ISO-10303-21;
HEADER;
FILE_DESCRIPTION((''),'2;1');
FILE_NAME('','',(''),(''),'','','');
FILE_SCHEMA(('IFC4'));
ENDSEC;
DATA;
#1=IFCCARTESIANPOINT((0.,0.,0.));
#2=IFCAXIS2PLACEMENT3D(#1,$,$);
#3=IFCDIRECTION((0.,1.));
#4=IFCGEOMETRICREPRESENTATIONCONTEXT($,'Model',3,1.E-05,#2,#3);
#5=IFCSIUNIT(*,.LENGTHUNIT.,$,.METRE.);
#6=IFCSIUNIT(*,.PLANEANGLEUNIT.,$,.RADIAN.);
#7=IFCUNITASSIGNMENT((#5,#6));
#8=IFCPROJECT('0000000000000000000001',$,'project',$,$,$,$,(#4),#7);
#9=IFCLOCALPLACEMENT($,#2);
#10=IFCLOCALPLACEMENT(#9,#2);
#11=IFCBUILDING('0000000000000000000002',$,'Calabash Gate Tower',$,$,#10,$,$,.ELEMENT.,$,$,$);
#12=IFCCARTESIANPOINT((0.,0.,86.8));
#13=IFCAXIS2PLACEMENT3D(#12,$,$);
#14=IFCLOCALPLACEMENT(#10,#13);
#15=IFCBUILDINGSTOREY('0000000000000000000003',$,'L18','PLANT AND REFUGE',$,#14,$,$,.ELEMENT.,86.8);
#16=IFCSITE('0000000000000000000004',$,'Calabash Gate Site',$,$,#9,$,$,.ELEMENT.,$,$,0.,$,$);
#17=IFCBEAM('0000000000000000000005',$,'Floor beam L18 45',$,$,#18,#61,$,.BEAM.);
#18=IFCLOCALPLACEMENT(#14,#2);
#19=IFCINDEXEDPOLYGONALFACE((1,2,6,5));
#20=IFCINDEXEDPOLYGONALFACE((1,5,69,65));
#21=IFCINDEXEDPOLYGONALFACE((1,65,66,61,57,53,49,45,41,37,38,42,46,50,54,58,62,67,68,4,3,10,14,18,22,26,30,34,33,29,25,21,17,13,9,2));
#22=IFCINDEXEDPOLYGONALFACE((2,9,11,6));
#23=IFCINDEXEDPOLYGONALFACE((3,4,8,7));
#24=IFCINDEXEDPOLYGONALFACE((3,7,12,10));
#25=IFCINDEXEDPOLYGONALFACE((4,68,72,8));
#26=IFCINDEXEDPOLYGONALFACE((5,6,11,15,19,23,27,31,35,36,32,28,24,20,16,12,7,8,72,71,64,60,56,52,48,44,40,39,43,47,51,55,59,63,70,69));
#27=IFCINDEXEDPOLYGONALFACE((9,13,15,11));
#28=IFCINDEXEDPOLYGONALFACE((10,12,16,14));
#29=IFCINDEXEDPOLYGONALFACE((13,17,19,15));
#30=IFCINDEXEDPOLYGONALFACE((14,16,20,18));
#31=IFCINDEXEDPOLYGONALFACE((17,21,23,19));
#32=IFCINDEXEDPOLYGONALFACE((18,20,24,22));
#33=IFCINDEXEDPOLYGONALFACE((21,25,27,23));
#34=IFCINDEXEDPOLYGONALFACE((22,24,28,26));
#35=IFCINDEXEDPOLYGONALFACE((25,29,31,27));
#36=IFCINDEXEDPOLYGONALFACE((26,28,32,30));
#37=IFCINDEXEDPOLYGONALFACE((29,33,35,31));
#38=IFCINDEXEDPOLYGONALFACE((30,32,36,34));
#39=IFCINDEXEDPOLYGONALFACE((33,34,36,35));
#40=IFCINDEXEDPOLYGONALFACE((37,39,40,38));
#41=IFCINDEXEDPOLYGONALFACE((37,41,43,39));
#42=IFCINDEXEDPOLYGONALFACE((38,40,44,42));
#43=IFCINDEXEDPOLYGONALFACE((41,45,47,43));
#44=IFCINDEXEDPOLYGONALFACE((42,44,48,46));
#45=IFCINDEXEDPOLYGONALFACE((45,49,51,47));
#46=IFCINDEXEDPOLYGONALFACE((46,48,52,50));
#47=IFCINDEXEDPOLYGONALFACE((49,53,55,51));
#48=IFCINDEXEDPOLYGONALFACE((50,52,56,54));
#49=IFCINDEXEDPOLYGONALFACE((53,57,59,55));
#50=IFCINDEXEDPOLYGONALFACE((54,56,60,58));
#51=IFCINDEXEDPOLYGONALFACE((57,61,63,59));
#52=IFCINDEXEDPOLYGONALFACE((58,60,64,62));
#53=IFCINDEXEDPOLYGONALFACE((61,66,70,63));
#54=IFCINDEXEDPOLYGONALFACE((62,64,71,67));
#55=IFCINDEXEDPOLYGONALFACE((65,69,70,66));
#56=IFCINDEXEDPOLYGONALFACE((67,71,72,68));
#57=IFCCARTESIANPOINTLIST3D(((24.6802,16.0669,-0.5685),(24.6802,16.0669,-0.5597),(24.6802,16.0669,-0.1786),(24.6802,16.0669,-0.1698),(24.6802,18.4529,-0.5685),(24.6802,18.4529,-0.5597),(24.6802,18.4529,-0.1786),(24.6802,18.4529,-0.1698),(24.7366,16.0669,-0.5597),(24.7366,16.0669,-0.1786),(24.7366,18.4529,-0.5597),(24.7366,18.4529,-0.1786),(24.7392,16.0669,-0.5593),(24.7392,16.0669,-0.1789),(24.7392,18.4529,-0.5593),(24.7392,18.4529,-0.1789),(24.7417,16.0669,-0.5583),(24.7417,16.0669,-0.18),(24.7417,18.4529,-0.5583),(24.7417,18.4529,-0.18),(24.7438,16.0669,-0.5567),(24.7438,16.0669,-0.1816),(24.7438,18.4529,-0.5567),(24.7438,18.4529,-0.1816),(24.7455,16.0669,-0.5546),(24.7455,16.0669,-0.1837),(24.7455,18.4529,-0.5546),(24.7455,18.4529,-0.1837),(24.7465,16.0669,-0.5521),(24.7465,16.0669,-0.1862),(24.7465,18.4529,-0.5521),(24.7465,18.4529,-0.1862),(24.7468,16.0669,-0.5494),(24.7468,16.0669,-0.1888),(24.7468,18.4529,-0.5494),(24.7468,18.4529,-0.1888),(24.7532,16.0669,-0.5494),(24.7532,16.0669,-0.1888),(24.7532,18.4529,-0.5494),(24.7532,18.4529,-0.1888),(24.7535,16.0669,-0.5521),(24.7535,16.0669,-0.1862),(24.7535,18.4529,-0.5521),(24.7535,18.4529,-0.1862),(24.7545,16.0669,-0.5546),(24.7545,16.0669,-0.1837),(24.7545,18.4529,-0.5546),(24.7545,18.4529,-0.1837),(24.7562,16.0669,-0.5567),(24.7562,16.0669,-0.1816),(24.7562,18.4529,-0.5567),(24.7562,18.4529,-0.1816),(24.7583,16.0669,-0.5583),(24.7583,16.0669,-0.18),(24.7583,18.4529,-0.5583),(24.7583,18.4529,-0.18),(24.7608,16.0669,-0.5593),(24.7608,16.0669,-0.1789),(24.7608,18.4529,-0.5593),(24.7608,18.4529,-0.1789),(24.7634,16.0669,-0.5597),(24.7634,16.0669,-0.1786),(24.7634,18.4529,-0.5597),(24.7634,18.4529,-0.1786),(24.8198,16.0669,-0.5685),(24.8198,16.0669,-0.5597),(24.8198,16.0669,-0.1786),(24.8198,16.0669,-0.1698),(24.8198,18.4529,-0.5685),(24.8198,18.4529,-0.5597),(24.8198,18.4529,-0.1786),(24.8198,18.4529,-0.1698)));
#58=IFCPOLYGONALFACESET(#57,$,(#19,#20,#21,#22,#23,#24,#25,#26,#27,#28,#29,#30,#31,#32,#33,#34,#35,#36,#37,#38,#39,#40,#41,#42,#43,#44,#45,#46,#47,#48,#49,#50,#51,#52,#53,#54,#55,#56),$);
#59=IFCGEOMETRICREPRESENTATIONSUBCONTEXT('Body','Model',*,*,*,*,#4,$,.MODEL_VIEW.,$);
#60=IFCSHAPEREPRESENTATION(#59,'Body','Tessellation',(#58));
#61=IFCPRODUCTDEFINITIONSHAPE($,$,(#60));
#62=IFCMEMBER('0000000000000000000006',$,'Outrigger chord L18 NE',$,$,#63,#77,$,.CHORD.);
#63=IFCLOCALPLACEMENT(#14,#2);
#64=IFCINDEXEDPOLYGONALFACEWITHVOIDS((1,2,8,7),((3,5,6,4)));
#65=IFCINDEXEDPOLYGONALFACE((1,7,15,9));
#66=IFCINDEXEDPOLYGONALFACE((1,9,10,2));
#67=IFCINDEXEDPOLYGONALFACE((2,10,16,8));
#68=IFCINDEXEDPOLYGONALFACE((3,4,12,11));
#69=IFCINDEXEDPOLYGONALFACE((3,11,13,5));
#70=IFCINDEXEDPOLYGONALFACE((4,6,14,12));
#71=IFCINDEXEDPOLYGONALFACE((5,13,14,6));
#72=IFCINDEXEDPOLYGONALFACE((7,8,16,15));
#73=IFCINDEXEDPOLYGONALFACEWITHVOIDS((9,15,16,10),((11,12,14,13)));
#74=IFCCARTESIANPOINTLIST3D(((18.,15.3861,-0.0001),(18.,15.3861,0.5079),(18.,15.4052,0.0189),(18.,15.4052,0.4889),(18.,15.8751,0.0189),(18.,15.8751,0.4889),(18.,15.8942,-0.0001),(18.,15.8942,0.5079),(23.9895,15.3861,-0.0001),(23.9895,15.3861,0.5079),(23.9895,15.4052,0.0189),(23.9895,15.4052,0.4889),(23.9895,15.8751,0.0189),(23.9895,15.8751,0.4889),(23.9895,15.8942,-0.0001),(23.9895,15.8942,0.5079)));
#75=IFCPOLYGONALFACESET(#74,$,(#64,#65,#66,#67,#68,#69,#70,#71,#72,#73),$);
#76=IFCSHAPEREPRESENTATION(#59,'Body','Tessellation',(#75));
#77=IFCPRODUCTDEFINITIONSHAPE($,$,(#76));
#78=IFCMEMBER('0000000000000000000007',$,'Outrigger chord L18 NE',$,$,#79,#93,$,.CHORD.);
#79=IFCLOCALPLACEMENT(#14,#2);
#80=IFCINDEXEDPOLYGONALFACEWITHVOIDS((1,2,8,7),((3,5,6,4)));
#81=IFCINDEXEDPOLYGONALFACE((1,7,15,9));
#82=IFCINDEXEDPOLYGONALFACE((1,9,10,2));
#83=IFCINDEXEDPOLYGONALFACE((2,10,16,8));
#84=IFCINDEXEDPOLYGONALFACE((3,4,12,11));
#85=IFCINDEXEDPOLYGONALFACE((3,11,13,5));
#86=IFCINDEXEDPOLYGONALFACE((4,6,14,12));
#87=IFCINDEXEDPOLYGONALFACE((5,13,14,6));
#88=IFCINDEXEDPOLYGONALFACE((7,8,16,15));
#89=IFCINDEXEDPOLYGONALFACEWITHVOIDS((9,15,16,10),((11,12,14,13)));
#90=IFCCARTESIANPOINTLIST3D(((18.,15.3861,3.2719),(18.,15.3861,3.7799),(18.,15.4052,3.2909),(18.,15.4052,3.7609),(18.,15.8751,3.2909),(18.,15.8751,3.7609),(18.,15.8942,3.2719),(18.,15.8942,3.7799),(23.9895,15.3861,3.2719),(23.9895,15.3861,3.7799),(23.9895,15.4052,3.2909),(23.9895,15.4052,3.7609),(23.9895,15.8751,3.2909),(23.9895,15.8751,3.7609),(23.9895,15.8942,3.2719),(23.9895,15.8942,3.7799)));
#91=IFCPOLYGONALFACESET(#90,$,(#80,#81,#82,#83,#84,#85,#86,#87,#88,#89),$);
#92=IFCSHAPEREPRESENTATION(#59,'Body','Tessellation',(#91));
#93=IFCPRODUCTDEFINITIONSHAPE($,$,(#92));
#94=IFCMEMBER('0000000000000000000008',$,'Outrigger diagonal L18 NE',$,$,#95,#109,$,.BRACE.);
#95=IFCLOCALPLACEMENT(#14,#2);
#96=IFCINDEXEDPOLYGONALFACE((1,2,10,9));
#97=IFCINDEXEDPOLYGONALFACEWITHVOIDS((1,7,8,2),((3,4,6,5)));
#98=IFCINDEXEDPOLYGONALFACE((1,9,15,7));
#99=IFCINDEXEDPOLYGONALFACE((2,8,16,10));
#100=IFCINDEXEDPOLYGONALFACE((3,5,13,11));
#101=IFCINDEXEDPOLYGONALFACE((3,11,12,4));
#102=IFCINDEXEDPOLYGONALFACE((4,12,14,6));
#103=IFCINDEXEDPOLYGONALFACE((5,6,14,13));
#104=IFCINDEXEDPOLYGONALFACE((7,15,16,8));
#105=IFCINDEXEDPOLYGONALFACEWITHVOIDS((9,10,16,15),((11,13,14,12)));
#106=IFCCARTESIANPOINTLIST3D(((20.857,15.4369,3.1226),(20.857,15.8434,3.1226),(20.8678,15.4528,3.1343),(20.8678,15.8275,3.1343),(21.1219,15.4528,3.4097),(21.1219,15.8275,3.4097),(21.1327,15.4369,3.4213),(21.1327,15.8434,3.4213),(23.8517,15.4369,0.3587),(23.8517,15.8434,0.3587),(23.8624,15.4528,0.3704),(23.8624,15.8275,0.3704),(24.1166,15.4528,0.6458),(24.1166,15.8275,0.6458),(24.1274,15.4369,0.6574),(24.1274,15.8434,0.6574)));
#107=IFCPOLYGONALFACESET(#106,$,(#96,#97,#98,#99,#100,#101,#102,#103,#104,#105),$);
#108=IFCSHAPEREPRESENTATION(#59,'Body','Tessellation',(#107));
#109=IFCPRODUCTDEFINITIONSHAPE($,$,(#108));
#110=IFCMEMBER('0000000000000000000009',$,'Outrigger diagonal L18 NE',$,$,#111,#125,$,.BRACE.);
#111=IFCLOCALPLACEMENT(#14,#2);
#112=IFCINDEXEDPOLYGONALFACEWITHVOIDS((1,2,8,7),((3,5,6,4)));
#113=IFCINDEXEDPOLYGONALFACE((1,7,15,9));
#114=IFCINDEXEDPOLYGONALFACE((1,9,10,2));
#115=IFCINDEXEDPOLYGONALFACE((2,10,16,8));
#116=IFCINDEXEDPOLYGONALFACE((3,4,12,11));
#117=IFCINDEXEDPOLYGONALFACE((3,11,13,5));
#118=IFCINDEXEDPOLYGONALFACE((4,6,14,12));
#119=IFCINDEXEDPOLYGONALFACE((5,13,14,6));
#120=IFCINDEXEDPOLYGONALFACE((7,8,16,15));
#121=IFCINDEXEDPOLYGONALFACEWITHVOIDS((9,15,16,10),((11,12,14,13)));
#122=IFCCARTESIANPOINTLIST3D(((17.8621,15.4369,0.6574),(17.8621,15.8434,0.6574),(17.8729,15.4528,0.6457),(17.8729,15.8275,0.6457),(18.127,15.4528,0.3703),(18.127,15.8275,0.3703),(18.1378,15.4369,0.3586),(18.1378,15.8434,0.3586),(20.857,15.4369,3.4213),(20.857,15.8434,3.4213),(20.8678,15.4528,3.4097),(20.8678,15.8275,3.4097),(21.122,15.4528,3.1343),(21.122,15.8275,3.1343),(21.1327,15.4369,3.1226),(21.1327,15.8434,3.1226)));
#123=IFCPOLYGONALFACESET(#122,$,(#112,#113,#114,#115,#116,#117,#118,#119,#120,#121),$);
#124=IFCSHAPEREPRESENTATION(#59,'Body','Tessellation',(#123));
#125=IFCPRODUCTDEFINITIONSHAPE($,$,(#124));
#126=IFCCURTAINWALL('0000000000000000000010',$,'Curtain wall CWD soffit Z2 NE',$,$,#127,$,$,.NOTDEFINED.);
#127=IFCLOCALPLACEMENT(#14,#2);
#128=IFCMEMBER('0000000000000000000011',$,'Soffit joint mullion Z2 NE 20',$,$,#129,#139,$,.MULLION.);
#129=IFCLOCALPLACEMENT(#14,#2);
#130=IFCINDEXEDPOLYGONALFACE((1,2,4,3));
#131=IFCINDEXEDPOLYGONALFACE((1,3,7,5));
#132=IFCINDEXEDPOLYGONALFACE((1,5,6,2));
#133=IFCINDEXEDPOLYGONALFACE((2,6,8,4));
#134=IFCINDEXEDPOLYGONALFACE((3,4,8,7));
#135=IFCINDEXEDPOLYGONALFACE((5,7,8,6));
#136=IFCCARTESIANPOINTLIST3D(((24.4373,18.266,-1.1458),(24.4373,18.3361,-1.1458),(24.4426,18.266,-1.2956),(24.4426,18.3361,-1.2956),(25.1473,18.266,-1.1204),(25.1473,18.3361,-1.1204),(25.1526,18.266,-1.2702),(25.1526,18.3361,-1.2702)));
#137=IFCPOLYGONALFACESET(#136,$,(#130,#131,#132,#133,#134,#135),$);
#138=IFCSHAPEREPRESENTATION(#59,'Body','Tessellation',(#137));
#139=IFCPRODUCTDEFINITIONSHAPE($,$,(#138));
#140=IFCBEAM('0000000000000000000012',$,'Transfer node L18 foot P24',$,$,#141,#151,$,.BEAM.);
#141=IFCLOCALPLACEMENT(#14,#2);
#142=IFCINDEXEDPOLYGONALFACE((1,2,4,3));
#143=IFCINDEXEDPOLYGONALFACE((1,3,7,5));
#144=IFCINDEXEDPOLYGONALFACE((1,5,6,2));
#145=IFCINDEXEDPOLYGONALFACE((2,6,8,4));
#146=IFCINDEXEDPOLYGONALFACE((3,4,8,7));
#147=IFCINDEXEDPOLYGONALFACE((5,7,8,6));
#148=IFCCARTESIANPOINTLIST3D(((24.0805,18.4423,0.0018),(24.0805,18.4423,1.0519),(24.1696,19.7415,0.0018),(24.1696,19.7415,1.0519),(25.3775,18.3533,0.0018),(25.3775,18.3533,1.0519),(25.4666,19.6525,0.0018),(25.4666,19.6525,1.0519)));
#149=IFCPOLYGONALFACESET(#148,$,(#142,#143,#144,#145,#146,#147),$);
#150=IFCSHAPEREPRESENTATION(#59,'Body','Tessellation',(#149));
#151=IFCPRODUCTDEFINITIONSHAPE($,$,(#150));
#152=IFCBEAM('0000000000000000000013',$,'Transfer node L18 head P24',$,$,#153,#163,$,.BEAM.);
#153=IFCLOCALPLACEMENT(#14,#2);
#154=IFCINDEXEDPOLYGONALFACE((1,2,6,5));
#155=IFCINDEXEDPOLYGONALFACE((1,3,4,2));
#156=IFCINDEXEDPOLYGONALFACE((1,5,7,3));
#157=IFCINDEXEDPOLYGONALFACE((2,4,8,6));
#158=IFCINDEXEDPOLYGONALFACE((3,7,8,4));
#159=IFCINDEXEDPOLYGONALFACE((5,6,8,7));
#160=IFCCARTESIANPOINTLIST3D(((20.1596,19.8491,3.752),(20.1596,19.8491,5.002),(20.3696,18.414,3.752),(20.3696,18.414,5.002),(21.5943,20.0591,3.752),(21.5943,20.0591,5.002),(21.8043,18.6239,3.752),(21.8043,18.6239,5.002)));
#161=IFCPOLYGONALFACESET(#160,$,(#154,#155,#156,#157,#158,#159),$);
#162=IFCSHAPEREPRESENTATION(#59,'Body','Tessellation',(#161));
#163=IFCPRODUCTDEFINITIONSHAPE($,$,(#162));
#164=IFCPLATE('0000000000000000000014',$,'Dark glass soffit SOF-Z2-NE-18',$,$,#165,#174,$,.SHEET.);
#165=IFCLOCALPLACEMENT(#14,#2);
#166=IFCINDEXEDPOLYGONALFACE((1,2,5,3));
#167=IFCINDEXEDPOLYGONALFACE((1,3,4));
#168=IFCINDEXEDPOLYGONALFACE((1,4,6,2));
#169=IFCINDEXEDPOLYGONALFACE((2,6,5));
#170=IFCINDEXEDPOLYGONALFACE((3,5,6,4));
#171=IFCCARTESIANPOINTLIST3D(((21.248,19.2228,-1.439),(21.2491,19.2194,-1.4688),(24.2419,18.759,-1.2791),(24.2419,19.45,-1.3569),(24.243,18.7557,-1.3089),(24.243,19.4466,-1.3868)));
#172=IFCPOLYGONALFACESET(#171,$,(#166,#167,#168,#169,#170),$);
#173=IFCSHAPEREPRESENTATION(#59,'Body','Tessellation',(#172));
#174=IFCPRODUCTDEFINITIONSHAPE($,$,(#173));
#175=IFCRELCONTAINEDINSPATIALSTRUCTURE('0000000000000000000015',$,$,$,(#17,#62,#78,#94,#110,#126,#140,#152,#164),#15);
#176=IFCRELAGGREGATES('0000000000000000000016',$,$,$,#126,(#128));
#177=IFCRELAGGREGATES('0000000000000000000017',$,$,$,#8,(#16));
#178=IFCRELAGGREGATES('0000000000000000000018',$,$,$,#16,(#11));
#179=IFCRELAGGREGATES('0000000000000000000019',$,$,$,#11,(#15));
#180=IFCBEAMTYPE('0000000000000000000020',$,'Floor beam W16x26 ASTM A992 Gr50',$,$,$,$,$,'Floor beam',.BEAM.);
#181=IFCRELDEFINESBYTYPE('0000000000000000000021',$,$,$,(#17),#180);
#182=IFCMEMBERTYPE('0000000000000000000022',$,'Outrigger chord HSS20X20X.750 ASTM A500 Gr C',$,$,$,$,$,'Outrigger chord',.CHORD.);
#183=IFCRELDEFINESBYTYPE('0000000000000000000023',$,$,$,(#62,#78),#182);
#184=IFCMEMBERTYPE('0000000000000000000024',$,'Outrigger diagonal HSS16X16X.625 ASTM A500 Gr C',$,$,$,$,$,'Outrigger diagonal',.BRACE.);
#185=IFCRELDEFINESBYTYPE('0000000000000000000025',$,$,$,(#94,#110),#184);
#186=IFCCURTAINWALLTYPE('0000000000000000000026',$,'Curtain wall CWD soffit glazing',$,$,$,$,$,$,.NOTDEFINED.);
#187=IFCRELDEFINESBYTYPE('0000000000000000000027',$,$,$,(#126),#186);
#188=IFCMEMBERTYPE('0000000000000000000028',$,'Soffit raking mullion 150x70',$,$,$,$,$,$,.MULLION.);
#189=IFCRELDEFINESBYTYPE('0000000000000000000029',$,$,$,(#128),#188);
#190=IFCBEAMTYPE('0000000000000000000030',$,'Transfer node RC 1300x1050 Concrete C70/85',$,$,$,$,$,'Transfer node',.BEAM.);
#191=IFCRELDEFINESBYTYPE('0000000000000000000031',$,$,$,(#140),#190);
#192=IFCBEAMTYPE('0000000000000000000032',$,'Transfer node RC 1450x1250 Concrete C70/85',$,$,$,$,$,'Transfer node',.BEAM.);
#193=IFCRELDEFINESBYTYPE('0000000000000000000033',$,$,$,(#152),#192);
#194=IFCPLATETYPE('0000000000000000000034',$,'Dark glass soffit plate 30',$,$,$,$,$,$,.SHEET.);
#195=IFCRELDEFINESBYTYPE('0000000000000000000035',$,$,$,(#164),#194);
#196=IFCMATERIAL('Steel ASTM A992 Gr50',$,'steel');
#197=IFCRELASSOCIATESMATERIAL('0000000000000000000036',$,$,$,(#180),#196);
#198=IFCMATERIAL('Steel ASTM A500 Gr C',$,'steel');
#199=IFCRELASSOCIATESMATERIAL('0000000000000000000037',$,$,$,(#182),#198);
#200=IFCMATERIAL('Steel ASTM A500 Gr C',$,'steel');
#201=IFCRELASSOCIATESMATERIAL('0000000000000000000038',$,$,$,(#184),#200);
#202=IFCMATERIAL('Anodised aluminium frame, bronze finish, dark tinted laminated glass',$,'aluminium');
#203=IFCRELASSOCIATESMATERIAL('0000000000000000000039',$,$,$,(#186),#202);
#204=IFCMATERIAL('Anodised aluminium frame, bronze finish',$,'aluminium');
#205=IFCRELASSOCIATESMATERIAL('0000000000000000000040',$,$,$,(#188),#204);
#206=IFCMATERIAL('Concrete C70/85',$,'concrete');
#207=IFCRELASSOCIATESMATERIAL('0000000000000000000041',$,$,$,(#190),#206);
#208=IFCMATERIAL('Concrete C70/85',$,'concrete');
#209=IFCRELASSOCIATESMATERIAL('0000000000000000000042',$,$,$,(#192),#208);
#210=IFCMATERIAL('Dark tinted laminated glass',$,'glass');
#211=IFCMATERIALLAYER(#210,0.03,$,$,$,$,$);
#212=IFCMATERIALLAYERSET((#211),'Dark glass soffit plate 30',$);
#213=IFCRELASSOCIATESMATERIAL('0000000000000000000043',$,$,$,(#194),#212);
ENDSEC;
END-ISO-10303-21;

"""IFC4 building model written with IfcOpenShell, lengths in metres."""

from ifc_helpers import new_model, si_unit, direction, frame, origin, origin_2d, place, context, subcontext, project, spatial, polyline, rectangle, hollow_rectangle, i_section, outline, extrude, material, layer, layer_set, material_profile, profile_set, type_object, element, aggregate, save


model = new_model("IFC4")

# Units and contexts
model_context = context("Model", 3, precision=1e-05, world=origin(), true_north=direction((0.0, 1.0)))
body_context = subcontext(model_context, "Body", "Model", "MODEL_VIEW")
ifc_project = project(units=[si_unit("LENGTHUNIT", "METRE"), si_unit("PLANEANGLEUNIT", "RADIAN")], contexts=[model_context])

# Site, building, storey
site_placement = place(None, origin())
site = spatial("IfcSite", under=ifc_project, at=site_placement, Name="Calabash Gate Site", CompositionType="ELEMENT", RefElevation=0.0)
building_placement = place(site_placement, origin())
building = spatial("IfcBuilding", under=site, at=building_placement, Name="Calabash Gate Tower", CompositionType="ELEMENT")
storey_placement = place(building_placement, frame((0.0, 0.0, 86.8)))
storey = spatial("IfcBuildingStorey", under=building, at=storey_placement, Name="L18", Description="PLANT AND REFUGE", CompositionType="ELEMENT", Elevation=86.8)

# Beam
ifc_material_1 = material(Name="Steel ASTM A992 Gr50", Category="steel")
ifc_material_profile_1 = material_profile(ifc_material_1, i_section(OverallWidth=0.1396, OverallDepth=0.3987, WebThickness=0.0063, FlangeThickness=0.0088, FilletRadius=0.0103, at=origin_2d()))
ifc_profile_set_1 = profile_set([ifc_material_profile_1], Name="Steel ASTM A992 Gr50")
beam_type_1 = type_object("IfcBeamType", Name="Floor beam W16x26 ASTM A992 Gr50", ElementType="Floor beam", PredefinedType="BEAM", material=ifc_profile_set_1)
beam_1_placement = place(storey_placement, frame((24.75, 16.0669, -0.3691), z_axis=(0.0, 1.0, 0.0), x_axis=(-1.0, 0.0, 0.0)))
element("IfcBeam", 1, at=beam_1_placement, inside=storey, type_object=beam_type_1, Name="Floor beam L18 45", PredefinedType="BEAM", context=body_context, shape_type="SweptSolid", body=[
    extrude(i_section(OverallWidth=0.1396, OverallDepth=0.3987, WebThickness=0.0063, FlangeThickness=0.0088, FilletRadius=0.0103, at=origin_2d()), origin(), (0.0, 0.0, 1.0), 2.386),
])

# Members
ifc_material_2 = material(Name="Steel ASTM A500 Gr C", Category="steel")
ifc_material_profile_2 = material_profile(ifc_material_2, hollow_rectangle(XDim=0.5081, YDim=0.5081, WallThickness=0.019, at=origin_2d()))
ifc_profile_set_2 = profile_set([ifc_material_profile_2], Name="Steel ASTM A500 Gr C")
member_type_1 = type_object("IfcMemberType", Name="Outrigger chord HSS20X20X.750 ASTM A500 Gr C", ElementType="Outrigger chord", PredefinedType="CHORD", material=ifc_profile_set_2)
for number, where, z_axis, x_axis, name in (
    (2, (23.9895, 15.6401, 0.2539), (-1.0, 0.0, 0.0), (0.0, -1.0, 0.0), "Outrigger chord L18 NE"),
    (3, (23.9895, 15.6401, 3.5259), (-1.0, 0.0, 0.0), (0.0, -1.0, 0.0), "Outrigger chord L18 NE"),
):
    element("IfcMember", number, at=place(storey_placement, frame(where, z_axis=z_axis, x_axis=x_axis)), inside=storey, type_object=member_type_1, Name=name, PredefinedType="CHORD", context=body_context, shape_type="SweptSolid", body=[
        extrude(hollow_rectangle(XDim=0.5081, YDim=0.5081, WallThickness=0.019, at=origin_2d()), origin(), (0.0, 0.0, 1.0), 5.9895),
    ])
ifc_material_3 = material(Name="Steel ASTM A500 Gr C", Category="steel")
ifc_material_profile_3 = material_profile(ifc_material_3, hollow_rectangle(XDim=0.4065, YDim=0.4065, WallThickness=0.0159, at=origin_2d()))
ifc_profile_set_3 = profile_set([ifc_material_profile_3], Name="Steel ASTM A500 Gr C")
member_type_2 = type_object("IfcMemberType", Name="Outrigger diagonal HSS16X16X.625 ASTM A500 Gr C", ElementType="Outrigger diagonal", PredefinedType="BRACE", material=ifc_profile_set_3)
member_1_placement = place(storey_placement, frame((23.9895, 15.6401, 0.5081), z_axis=(-0.734847, 0.0, 0.678233), x_axis=(0.0, -1.0, 0.0)))
element("IfcMember", 4, at=member_1_placement, inside=storey, type_object=member_type_2, Name="Outrigger diagonal L18 NE", PredefinedType="BRACE", context=body_context, shape_type="SweptSolid", body=[
    extrude(hollow_rectangle(XDim=0.4065, YDim=0.4065, WallThickness=0.0159, at=origin_2d()), origin(), (0.0, 0.0, 1.0), 4.0752),
])
member_2_placement = place(storey_placement, frame((20.9949, 15.6401, 3.272), z_axis=(-0.734875, 0.0, -0.678203), x_axis=(0.0, -1.0, 0.0)))
element("IfcMember", 5, at=member_2_placement, inside=storey, type_object=member_type_2, Name="Outrigger diagonal L18 NE", PredefinedType="BRACE", context=body_context, shape_type="SweptSolid", body=[
    extrude(hollow_rectangle(XDim=0.4065, YDim=0.4065, WallThickness=0.0159, at=origin_2d()), origin(), (0.0, 0.0, 1.0), 4.0754),
])

# Curtain wall, member
ifc_material_4 = material(Name="Anodised aluminium frame, bronze finish, dark tinted laminated glass", Category="aluminium")
curtain_wall_type = type_object("IfcCurtainWallType", Name="Curtain wall CWD soffit glazing", PredefinedType="NOTDEFINED", material=ifc_material_4)
curtain_wall_placement = place(storey_placement, origin())
curtain_wall = element("IfcCurtainWall", 6, at=curtain_wall_placement, inside=storey, type_object=curtain_wall_type, Name="Curtain wall CWD soffit Z2 NE", PredefinedType="NOTDEFINED")
ifc_material_5 = material(Name="Anodised aluminium frame, bronze finish", Category="aluminium")
ifc_material_profile_4 = material_profile(ifc_material_5, rectangle(XDim=0.1499, YDim=0.0701, at=origin_2d()))
ifc_profile_set_4 = profile_set([ifc_material_profile_4], Name="Anodised aluminium frame, bronze finish")
member_type_3 = type_object("IfcMemberType", Name="Soffit raking mullion 150x70", PredefinedType="MULLION", material=ifc_profile_set_4)
member_3_placement = place(storey_placement, frame((24.4399, 18.301, -1.2207), z_axis=(0.999361, 0.0, 0.035741), x_axis=(-0.035741, 0.0, 0.999361)))
member_3 = element("IfcMember", 7, at=member_3_placement, type_object=member_type_3, Name="Soffit joint mullion Z2 NE 20", PredefinedType="MULLION", context=body_context, shape_type="SweptSolid", body=[
    extrude(rectangle(XDim=0.1499, YDim=0.0701, at=origin_2d()), origin(), (0.0, 0.0, 1.0), 0.7104),
])
aggregate(curtain_wall, [member_3])

# Beams
ifc_material_6 = material(Name="Concrete C70/85", Category="concrete")
ifc_material_profile_5 = material_profile(ifc_material_6, rectangle(XDim=1.3, YDim=1.05, at=origin_2d()))
ifc_profile_set_5 = profile_set([ifc_material_profile_5], Name="Concrete C70/85")
beam_type_2 = type_object("IfcBeamType", Name="Transfer node RC 1300x1050 Concrete C70/85", ElementType="Transfer node", PredefinedType="BEAM", material=ifc_profile_set_5)
beam_2_placement = place(storey_placement, frame((24.8181, 19.697, 0.5269), z_axis=(-0.068435, -0.997656, 0.0), x_axis=(0.997656, -0.068435, 0.0)))
element("IfcBeam", 8, at=beam_2_placement, inside=storey, type_object=beam_type_2, Name="Transfer node L18 foot P24", PredefinedType="BEAM", context=body_context, shape_type="SweptSolid", body=[
    extrude(rectangle(XDim=1.3, YDim=1.05, at=origin_2d()), origin(), (0.0, 0.0, 1.0), 1.3022),
])
ifc_material_7 = material(Name="Concrete C70/85", Category="concrete")
ifc_material_profile_6 = material_profile(ifc_material_7, rectangle(XDim=1.45, YDim=1.25, at=origin_2d()))
ifc_profile_set_6 = profile_set([ifc_material_profile_6], Name="Concrete C70/85")
beam_type_3 = type_object("IfcBeamType", Name="Transfer node RC 1450x1250 Concrete C70/85", ElementType="Transfer node", PredefinedType="BEAM", material=ifc_profile_set_6)
beam_3_placement = place(storey_placement, frame((20.877, 19.9541, 4.377), z_axis=(0.144767, -0.989466, 0.0), x_axis=(0.989466, 0.144767, 0.0)))
element("IfcBeam", 9, at=beam_3_placement, inside=storey, type_object=beam_type_3, Name="Transfer node L18 head P24", PredefinedType="BEAM", context=body_context, shape_type="SweptSolid", body=[
    extrude(rectangle(XDim=1.45, YDim=1.25, at=origin_2d()), origin(), (0.0, 0.0, 1.0), 1.4504),
])

# Plate
ifc_material_8 = material(Name="Dark tinted laminated glass", Category="glass")
ifc_layer_1 = layer(ifc_material_8, 0.03)
ifc_layer_set_1 = layer_set([ifc_layer_1], Name="Dark glass soffit plate 30")
plate_type_1 = type_object("IfcPlateType", Name="Dark glass soffit plate 30", PredefinedType="SHEET", material=ifc_layer_set_1)
plate_1_placement = place(storey_placement, frame((24.2419, 19.45, -1.3569), z_axis=(-0.035699, 0.11194, 0.993074), x_axis=(0.0, -0.993707, 0.112011)))
element("IfcPlate", 10, at=plate_1_placement, inside=storey, type_object=plate_type_1, Name="Dark glass soffit SOF-Z2-NE-18", PredefinedType="SHEET", context=body_context, shape_type="SweptSolid", body=[
    extrude(outline(polyline([(0.0, 0.0), (0.6953, 0.0), (0.2166, -2.9958), (0.0, 0.0)])), origin(), (0.0, 0.0, -1.0), 0.03),
])

save(model, "model.ifc")
